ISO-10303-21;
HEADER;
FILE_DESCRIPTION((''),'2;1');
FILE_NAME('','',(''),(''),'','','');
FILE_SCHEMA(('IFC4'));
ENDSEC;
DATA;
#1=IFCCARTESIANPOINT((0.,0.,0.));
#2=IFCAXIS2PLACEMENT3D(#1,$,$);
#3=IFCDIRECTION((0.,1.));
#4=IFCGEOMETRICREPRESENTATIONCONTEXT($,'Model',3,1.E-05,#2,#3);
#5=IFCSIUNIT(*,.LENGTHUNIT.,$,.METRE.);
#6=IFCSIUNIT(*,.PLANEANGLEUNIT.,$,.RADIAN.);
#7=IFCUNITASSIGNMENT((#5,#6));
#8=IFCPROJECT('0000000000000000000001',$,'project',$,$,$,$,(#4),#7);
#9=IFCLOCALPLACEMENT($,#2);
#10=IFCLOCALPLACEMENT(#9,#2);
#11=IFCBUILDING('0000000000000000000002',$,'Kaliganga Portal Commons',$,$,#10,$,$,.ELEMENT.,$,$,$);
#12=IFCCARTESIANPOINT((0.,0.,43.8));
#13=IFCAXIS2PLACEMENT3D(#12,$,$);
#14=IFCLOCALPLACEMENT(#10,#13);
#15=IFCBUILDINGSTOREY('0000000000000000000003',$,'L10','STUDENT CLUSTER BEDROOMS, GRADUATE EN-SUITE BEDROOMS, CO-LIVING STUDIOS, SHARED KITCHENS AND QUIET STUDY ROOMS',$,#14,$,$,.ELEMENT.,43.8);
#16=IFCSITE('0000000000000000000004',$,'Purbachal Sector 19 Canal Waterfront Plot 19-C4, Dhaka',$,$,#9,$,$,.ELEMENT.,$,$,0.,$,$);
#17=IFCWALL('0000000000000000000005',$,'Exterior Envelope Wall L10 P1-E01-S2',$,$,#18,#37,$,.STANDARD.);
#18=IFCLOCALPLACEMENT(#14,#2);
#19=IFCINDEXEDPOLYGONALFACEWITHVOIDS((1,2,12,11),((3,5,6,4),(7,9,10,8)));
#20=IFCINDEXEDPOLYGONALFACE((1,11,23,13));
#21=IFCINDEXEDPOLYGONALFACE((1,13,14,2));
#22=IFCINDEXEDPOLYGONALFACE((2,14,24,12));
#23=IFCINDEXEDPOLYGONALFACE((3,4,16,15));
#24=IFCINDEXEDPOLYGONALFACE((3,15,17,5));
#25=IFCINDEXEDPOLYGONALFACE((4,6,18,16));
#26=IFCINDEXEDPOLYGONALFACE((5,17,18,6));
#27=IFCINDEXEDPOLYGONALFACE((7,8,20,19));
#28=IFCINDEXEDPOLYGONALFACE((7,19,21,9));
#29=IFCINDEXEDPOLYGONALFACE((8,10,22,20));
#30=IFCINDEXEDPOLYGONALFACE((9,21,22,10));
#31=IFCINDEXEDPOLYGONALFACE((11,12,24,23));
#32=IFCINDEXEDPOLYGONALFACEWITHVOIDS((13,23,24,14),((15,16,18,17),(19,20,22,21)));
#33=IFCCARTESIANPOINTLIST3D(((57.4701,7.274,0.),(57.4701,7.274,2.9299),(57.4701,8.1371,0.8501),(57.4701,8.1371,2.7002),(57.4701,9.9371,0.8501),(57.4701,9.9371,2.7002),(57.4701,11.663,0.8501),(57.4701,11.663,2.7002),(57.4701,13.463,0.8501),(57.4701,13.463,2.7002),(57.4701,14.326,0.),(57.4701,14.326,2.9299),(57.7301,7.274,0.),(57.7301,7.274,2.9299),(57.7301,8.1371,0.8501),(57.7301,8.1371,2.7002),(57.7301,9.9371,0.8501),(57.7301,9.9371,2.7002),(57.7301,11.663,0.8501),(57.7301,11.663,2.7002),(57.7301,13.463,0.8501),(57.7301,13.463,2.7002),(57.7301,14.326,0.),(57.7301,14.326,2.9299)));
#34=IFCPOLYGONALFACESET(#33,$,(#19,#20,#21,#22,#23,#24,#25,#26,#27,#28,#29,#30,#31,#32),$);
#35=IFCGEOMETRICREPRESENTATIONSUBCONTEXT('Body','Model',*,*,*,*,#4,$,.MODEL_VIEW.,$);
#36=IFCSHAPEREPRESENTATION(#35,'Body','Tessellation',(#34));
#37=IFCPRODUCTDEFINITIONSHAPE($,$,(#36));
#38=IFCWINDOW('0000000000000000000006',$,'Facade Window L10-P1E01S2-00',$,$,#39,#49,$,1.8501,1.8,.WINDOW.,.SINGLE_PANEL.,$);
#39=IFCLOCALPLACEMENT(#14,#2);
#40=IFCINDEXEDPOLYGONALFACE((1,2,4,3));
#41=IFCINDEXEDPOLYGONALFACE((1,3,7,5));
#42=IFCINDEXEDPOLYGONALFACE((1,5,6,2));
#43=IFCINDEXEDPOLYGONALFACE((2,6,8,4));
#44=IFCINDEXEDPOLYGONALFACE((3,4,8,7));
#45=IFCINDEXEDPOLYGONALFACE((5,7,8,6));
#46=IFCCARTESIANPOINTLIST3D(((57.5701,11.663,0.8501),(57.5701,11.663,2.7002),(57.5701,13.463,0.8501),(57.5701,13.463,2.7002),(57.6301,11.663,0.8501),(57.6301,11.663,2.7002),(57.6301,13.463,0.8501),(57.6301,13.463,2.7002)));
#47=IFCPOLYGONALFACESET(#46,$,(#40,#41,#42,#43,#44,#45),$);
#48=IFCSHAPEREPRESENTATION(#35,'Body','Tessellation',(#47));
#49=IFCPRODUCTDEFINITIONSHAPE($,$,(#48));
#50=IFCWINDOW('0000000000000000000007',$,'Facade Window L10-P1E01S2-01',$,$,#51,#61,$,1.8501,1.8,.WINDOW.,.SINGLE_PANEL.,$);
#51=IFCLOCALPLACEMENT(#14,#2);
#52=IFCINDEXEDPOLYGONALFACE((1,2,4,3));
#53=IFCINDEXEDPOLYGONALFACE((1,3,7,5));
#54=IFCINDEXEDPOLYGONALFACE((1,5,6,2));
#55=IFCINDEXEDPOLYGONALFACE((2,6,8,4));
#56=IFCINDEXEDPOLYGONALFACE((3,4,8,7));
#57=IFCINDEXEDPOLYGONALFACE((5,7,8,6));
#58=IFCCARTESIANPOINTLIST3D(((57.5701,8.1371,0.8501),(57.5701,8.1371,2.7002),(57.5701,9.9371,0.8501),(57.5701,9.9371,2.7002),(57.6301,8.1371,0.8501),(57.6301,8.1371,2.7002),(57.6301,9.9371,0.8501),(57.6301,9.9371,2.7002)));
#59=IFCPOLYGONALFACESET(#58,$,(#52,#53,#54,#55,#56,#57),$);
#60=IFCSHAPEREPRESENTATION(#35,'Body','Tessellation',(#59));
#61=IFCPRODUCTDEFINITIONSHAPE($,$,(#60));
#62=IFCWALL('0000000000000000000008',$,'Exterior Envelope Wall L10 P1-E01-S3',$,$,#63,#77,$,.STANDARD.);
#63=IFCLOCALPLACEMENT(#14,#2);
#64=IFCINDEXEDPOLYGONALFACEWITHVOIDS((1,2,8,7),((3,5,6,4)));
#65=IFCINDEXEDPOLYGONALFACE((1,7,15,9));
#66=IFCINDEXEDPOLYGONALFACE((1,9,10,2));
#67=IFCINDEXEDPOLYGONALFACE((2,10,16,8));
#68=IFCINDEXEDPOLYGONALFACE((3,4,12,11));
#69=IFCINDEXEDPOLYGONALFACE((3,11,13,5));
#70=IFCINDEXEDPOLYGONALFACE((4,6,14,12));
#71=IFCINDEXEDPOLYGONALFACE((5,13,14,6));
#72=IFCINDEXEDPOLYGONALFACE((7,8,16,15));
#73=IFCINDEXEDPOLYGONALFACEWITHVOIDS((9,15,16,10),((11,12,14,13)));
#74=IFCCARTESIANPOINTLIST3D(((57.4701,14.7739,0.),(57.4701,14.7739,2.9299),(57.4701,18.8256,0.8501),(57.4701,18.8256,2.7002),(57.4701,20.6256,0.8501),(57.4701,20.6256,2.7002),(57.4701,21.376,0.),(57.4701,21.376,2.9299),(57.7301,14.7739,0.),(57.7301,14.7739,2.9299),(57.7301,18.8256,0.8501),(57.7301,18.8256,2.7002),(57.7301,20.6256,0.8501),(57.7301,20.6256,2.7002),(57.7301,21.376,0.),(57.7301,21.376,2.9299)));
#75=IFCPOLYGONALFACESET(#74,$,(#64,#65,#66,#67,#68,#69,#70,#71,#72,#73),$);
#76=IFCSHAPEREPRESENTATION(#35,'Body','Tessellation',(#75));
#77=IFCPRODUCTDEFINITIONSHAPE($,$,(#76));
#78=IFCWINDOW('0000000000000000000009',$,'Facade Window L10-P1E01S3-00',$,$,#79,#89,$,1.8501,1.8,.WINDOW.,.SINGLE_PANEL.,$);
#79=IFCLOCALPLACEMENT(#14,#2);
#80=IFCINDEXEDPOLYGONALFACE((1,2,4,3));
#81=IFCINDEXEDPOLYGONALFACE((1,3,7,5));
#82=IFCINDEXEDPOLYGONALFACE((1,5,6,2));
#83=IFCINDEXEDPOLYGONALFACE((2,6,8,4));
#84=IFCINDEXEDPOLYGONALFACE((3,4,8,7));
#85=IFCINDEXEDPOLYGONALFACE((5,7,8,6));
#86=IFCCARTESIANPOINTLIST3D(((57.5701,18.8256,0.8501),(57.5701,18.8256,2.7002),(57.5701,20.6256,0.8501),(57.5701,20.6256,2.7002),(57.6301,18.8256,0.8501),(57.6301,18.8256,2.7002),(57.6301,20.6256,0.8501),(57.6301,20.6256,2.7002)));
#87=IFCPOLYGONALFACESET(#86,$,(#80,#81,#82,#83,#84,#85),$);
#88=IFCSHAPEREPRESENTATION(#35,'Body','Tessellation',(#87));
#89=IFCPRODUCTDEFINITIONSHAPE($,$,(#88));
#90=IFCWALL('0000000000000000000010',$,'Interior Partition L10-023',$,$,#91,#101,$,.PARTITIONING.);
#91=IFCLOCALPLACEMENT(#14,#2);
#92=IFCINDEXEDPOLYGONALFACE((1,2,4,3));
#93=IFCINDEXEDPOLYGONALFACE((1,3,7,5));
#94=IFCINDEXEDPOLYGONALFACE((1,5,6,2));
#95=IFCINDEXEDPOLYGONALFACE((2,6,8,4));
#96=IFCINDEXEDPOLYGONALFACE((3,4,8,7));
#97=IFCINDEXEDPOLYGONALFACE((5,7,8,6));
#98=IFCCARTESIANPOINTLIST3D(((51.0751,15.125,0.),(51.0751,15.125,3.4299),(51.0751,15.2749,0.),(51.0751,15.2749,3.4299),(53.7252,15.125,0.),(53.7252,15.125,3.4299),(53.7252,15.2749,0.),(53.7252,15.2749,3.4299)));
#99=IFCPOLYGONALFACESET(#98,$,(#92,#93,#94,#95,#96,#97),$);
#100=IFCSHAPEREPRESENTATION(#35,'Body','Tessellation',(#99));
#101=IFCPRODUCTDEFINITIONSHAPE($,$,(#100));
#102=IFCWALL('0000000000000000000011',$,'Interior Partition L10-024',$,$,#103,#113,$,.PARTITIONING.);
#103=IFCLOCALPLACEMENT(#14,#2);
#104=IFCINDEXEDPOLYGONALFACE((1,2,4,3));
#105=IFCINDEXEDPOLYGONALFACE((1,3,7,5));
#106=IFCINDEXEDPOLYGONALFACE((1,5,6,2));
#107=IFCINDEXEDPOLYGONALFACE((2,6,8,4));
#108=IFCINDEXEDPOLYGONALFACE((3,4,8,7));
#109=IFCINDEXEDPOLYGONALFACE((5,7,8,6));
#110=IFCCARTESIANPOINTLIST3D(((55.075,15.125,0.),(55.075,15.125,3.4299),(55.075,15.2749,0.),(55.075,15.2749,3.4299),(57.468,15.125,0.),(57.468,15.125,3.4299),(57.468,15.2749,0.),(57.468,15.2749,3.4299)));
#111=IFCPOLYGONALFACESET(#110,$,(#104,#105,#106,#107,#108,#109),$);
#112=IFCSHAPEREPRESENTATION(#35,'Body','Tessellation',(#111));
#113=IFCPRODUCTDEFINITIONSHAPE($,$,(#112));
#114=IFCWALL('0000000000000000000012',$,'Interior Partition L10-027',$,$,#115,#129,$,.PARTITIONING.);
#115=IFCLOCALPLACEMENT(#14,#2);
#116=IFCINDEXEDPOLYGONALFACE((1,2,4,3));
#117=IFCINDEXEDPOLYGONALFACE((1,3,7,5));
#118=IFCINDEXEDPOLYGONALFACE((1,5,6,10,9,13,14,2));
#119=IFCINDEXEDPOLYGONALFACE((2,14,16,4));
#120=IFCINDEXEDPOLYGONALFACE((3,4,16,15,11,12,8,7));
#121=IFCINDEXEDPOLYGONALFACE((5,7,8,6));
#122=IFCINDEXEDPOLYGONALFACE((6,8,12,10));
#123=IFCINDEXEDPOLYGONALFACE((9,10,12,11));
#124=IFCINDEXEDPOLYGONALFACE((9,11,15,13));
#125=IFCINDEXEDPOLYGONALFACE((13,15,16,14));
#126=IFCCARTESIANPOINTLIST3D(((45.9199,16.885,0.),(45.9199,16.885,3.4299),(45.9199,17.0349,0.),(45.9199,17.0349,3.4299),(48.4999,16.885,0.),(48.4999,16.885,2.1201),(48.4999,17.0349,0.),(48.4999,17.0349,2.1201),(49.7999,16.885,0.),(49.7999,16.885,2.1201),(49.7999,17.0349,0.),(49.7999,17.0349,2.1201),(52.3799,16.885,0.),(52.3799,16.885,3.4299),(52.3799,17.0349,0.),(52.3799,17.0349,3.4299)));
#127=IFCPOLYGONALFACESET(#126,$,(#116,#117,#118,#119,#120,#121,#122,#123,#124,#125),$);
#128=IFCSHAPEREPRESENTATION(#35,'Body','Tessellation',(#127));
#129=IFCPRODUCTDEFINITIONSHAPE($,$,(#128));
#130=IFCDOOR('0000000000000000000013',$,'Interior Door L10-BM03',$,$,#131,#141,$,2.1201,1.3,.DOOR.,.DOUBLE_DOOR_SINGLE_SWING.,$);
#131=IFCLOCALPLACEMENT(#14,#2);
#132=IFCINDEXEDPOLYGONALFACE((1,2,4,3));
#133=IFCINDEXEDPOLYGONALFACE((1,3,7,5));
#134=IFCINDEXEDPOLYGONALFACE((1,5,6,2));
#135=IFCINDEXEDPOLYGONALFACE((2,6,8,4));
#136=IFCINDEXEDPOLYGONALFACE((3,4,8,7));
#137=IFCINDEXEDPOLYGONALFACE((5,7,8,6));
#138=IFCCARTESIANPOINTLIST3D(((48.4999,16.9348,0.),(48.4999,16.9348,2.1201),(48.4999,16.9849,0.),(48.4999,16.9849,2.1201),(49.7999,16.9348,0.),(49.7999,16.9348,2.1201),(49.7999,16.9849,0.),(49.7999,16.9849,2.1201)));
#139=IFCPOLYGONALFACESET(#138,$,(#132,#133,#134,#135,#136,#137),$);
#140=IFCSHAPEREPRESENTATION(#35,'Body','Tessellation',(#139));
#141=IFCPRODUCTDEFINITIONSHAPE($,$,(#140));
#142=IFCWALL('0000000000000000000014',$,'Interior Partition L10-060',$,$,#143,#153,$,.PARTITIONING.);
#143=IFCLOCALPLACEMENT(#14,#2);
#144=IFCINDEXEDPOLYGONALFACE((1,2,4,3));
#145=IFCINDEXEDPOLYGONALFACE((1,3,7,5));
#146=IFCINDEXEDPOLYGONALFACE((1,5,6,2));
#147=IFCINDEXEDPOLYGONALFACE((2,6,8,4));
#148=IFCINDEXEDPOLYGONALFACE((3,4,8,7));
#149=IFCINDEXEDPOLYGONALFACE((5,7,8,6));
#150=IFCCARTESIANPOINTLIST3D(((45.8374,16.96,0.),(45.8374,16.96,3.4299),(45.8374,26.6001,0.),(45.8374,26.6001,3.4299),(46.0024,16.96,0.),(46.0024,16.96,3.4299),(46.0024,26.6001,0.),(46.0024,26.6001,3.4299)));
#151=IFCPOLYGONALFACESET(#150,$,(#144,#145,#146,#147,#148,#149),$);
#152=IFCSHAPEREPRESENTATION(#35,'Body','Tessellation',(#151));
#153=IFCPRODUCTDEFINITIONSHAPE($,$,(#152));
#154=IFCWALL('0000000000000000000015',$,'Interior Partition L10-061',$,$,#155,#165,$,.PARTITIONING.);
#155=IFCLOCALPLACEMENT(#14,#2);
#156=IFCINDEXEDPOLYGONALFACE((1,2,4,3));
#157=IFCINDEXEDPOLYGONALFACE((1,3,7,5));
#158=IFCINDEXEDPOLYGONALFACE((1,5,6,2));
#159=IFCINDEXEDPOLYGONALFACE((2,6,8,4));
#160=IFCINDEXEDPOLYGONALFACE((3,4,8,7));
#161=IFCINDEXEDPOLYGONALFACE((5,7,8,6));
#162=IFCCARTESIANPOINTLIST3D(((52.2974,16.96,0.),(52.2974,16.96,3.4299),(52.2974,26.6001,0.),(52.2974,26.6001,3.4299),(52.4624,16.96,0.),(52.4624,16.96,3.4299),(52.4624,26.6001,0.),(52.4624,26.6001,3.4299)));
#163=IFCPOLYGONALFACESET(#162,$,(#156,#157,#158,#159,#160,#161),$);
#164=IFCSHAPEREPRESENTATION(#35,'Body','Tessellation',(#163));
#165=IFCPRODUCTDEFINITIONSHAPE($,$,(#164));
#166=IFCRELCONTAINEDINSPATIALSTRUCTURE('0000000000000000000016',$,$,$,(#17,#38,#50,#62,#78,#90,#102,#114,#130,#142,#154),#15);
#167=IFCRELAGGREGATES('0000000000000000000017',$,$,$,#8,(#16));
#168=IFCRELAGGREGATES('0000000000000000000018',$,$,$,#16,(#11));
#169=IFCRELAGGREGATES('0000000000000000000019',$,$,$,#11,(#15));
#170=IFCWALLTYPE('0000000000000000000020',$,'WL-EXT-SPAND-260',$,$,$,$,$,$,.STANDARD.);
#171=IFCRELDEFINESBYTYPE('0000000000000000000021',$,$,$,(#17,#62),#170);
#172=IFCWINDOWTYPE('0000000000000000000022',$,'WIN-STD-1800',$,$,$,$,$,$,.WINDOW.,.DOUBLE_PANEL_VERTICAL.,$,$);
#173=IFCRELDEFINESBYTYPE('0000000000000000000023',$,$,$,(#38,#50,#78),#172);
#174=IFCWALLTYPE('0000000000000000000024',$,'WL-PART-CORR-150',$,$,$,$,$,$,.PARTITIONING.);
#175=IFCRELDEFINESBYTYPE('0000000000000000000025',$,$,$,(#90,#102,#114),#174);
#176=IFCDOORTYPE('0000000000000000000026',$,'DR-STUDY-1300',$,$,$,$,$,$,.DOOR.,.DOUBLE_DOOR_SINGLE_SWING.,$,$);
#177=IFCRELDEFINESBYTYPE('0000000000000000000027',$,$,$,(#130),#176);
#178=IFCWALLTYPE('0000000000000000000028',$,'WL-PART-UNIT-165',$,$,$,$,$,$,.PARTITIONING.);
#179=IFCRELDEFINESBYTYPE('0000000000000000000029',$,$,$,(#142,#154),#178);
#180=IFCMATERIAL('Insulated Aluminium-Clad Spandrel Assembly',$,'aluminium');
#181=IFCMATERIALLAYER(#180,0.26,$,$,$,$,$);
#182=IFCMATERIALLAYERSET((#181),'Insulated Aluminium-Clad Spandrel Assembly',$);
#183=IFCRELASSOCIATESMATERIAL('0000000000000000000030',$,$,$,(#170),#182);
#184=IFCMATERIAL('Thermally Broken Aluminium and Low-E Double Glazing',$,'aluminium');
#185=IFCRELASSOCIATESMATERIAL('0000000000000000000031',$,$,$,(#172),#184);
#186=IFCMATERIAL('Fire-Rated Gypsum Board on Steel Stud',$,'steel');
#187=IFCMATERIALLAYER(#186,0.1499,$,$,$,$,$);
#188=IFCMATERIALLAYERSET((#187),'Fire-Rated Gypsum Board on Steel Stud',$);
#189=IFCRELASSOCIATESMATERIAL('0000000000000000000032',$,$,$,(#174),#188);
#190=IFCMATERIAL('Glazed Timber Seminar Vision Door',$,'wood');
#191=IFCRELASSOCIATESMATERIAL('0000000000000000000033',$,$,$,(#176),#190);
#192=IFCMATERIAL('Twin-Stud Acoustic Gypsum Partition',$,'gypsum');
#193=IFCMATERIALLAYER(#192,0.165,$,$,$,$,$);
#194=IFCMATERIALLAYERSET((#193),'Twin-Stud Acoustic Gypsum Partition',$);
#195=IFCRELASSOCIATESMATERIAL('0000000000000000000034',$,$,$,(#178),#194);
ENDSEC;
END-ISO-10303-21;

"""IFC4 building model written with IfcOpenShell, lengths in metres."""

from ifc_helpers import new_model, si_unit, direction, frame, frame_2d, origin, place, context, subcontext, project, spatial, rectangle, extrude, material, layer, layer_set, type_object, element, fill, save


model = new_model("IFC4")

# Units and contexts
model_context = context("Model", 3, precision=1e-05, world=origin(), true_north=direction((0.0, 1.0)))
body_context = subcontext(model_context, "Body", "Model", "MODEL_VIEW")
ifc_project = project(units=[si_unit("LENGTHUNIT", "METRE"), si_unit("PLANEANGLEUNIT", "RADIAN")], contexts=[model_context])

# Site, building, storey
site_placement = place(None, origin())
site = spatial("IfcSite", under=ifc_project, at=site_placement, Name="Purbachal Sector 19 Canal Waterfront Plot 19-C4, Dhaka", CompositionType="ELEMENT", RefElevation=0.0)
building_placement = place(site_placement, origin())
building = spatial("IfcBuilding", under=site, at=building_placement, Name="Kaliganga Portal Commons", CompositionType="ELEMENT")
storey_placement = place(building_placement, frame((0.0, 0.0, 43.8)))
storey = spatial("IfcBuildingStorey", under=building, at=storey_placement, Name="L10", Description="STUDENT CLUSTER BEDROOMS, GRADUATE EN-SUITE BEDROOMS, CO-LIVING STUDIOS, SHARED KITCHENS AND QUIET STUDY ROOMS", CompositionType="ELEMENT", Elevation=43.8)

# Wall, openings, windows
ifc_material_1 = material(Name="Insulated Aluminium-Clad Spandrel Assembly", Category="aluminium")
ifc_layer_1 = layer(ifc_material_1, 0.26)
ifc_layer_set_1 = layer_set([ifc_layer_1], Name="Insulated Aluminium-Clad Spandrel Assembly")
wall_type_1 = type_object("IfcWallType", Name="WL-EXT-SPAND-260", PredefinedType="STANDARD", material=ifc_layer_set_1)
wall_1_placement = place(storey_placement, frame((57.6001, 14.3259, 0.0), z_axis=(0.0, 0.0, 1.0), x_axis=(0.0, -1.0, 0.0)))
wall_1 = element("IfcWall", 1, at=wall_1_placement, inside=storey, type_object=wall_type_1, Name="Exterior Envelope Wall L10 P1-E01-S2", PredefinedType="STANDARD", context=body_context, shape_type="SweptSolid", body=[
    extrude(rectangle(XDim=7.052, YDim=0.26, at=frame_2d((3.5259, 0.0))), origin(), (0.0, 0.0, 1.0), 2.9299),
])
opening_1_placement = place(wall_1_placement, frame((0.863, 0.0, 0.8501)))
opening_1 = element("IfcOpeningElement", 2, at=opening_1_placement, cuts=wall_1, PredefinedType="OPENING", context=body_context, shape_type="SweptSolid", body=[
    extrude(rectangle(XDim=1.8, YDim=1.8501, at=frame_2d((0.8999, 0.925))), frame((0.0, 0.1401, 0.0), z_axis=(0.0, -1.0, 0.0), x_axis=(1.0, 0.0, 0.0)), (0.0, 0.0, 1.0), 0.28),
])
opening_2_placement = place(wall_1_placement, frame((4.3889, 0.0, 0.8501)))
opening_2 = element("IfcOpeningElement", 3, at=opening_2_placement, cuts=wall_1, PredefinedType="OPENING", context=body_context, shape_type="SweptSolid", body=[
    extrude(rectangle(XDim=1.8, YDim=1.8501, at=frame_2d((0.8999, 0.925))), frame((0.0, 0.1401, 0.0), z_axis=(0.0, -1.0, 0.0), x_axis=(1.0, 0.0, 0.0)), (0.0, 0.0, 1.0), 0.28),
])
ifc_material_2 = material(Name="Thermally Broken Aluminium and Low-E Double Glazing", Category="aluminium")
window_type = type_object("IfcWindowType", Name="WIN-STD-1800", PartitioningType="DOUBLE_PANEL_VERTICAL", PredefinedType="WINDOW", material=ifc_material_2)
window_1_placement = place(opening_1_placement, origin())
window_1 = element("IfcWindow", 4, at=window_1_placement, inside=storey, type_object=window_type, Name="Facade Window L10-P1E01S2-00", OverallHeight=1.8501, OverallWidth=1.8, PartitioningType="SINGLE_PANEL", PredefinedType="WINDOW", context=body_context, shape_type="SweptSolid", body=[
    extrude(rectangle(XDim=1.8, YDim=1.8501, at=frame_2d((0.8999, 0.925))), frame((0.0, 0.03, 0.0), z_axis=(0.0, -1.0, 0.0), x_axis=(1.0, 0.0, 0.0)), (0.0, 0.0, 1.0), 0.0601),
])
fill(opening_1, window_1)
window_2_placement = place(opening_2_placement, origin())
window_2 = element("IfcWindow", 5, at=window_2_placement, inside=storey, type_object=window_type, Name="Facade Window L10-P1E01S2-01", OverallHeight=1.8501, OverallWidth=1.8, PartitioningType="SINGLE_PANEL", PredefinedType="WINDOW", context=body_context, shape_type="SweptSolid", body=[
    extrude(rectangle(XDim=1.8, YDim=1.8501, at=frame_2d((0.8999, 0.925))), frame((0.0, 0.03, 0.0), z_axis=(0.0, -1.0, 0.0), x_axis=(1.0, 0.0, 0.0)), (0.0, 0.0, 1.0), 0.0601),
])
fill(opening_2, window_2)

# Wall, opening, window
wall_2_placement = place(storey_placement, frame((57.6001, 21.376, 0.0), z_axis=(0.0, 0.0, 1.0), x_axis=(0.0, -1.0, 0.0)))
wall_2 = element("IfcWall", 6, at=wall_2_placement, inside=storey, type_object=wall_type_1, Name="Exterior Envelope Wall L10 P1-E01-S3", PredefinedType="STANDARD", context=body_context, shape_type="SweptSolid", body=[
    extrude(rectangle(XDim=6.6021, YDim=0.26, at=frame_2d((3.301, 0.0))), origin(), (0.0, 0.0, 1.0), 2.9299),
])
opening_3_placement = place(wall_2_placement, frame((0.7505, 0.0, 0.8501)))
opening_3 = element("IfcOpeningElement", 7, at=opening_3_placement, cuts=wall_2, PredefinedType="OPENING", context=body_context, shape_type="SweptSolid", body=[
    extrude(rectangle(XDim=1.8, YDim=1.8501, at=frame_2d((0.8999, 0.925))), frame((0.0, 0.1401, 0.0), z_axis=(0.0, -1.0, 0.0), x_axis=(1.0, 0.0, 0.0)), (0.0, 0.0, 1.0), 0.28),
])
window_3_placement = place(opening_3_placement, origin())
window_3 = element("IfcWindow", 8, at=window_3_placement, inside=storey, type_object=window_type, Name="Facade Window L10-P1E01S3-00", OverallHeight=1.8501, OverallWidth=1.8, PartitioningType="SINGLE_PANEL", PredefinedType="WINDOW", context=body_context, shape_type="SweptSolid", body=[
    extrude(rectangle(XDim=1.8, YDim=1.8501, at=frame_2d((0.8999, 0.925))), frame((0.0, 0.03, 0.0), z_axis=(0.0, -1.0, 0.0), x_axis=(1.0, 0.0, 0.0)), (0.0, 0.0, 1.0), 0.0601),
])
fill(opening_3, window_3)

# Walls
ifc_material_3 = material(Name="Fire-Rated Gypsum Board on Steel Stud", Category="steel")
ifc_layer_2 = layer(ifc_material_3, 0.1499)
ifc_layer_set_2 = layer_set([ifc_layer_2], Name="Fire-Rated Gypsum Board on Steel Stud")
wall_type_2 = type_object("IfcWallType", Name="WL-PART-CORR-150", PredefinedType="PARTITIONING", material=ifc_layer_set_2)
wall_3_placement = place(storey_placement, frame((51.075, 15.2, 0.0), z_axis=(0.0, 0.0, 1.0), x_axis=(1.0, 0.0, 0.0)))
element("IfcWall", 9, at=wall_3_placement, inside=storey, type_object=wall_type_2, Name="Interior Partition L10-023", PredefinedType="PARTITIONING", context=body_context, shape_type="SweptSolid", body=[
    extrude(rectangle(XDim=2.6501, YDim=0.1499, at=frame_2d((1.3252, 0.0))), origin(), (0.0, 0.0, 1.0), 3.4299),
])
wall_4_placement = place(storey_placement, frame((55.075, 15.2, 0.0), z_axis=(0.0, 0.0, 1.0), x_axis=(1.0, 0.0, 0.0)))
element("IfcWall", 10, at=wall_4_placement, inside=storey, type_object=wall_type_2, Name="Interior Partition L10-024", PredefinedType="PARTITIONING", context=body_context, shape_type="SweptSolid", body=[
    extrude(rectangle(XDim=2.3931, YDim=0.1499, at=frame_2d((1.1965, 0.0))), origin(), (0.0, 0.0, 1.0), 3.4299),
])

# Wall, opening, door
wall_5_placement = place(storey_placement, frame((45.9199, 16.96, 0.0), z_axis=(0.0, 0.0, 1.0), x_axis=(1.0, 0.0, 0.0)))
wall_5 = element("IfcWall", 11, at=wall_5_placement, inside=storey, type_object=wall_type_2, Name="Interior Partition L10-027", PredefinedType="PARTITIONING", context=body_context, shape_type="SweptSolid", body=[
    extrude(rectangle(XDim=6.46, YDim=0.1499, at=frame_2d((3.23, 0.0))), origin(), (0.0, 0.0, 1.0), 3.4299),
])
opening_4_placement = place(wall_5_placement, frame((2.5801, 0.0, 0.0)))
opening_4 = element("IfcOpeningElement", 12, at=opening_4_placement, cuts=wall_5, PredefinedType="OPENING", context=body_context, shape_type="SweptSolid", body=[
    extrude(rectangle(XDim=1.3, YDim=2.1201, at=frame_2d((0.6499, 1.0601))), frame((0.0, 0.085, 0.0), z_axis=(0.0, -1.0, 0.0), x_axis=(1.0, 0.0, 0.0)), (0.0, 0.0, 1.0), 0.1699),
])
ifc_material_4 = material(Name="Glazed Timber Seminar Vision Door", Category="wood")
door_type_1 = type_object("IfcDoorType", Name="DR-STUDY-1300", OperationType="DOUBLE_DOOR_SINGLE_SWING", PredefinedType="DOOR", material=ifc_material_4)
door_1_placement = place(opening_4_placement, origin())
door_1 = element("IfcDoor", 13, at=door_1_placement, inside=storey, type_object=door_type_1, Name="Interior Door L10-BM03", OperationType="DOUBLE_DOOR_SINGLE_SWING", OverallHeight=2.1201, OverallWidth=1.3, PredefinedType="DOOR", context=body_context, shape_type="SweptSolid", body=[
    extrude(rectangle(XDim=1.3, YDim=2.1201, at=frame_2d((0.6499, 1.0601))), frame((0.0, 0.0249, 0.0), z_axis=(0.0, -1.0, 0.0), x_axis=(1.0, 0.0, 0.0)), (0.0, 0.0, 1.0), 0.05),
])
fill(opening_4, door_1)

# Walls
ifc_material_5 = material(Name="Twin-Stud Acoustic Gypsum Partition", Category="gypsum")
ifc_layer_3 = layer(ifc_material_5, 0.165)
ifc_layer_set_3 = layer_set([ifc_layer_3], Name="Twin-Stud Acoustic Gypsum Partition")
wall_type_3 = type_object("IfcWallType", Name="WL-PART-UNIT-165", PredefinedType="PARTITIONING", material=ifc_layer_set_3)
for number, where, z_axis, x_axis, name in (
    (14, (45.9199, 16.96, 0.0), (0.0, 0.0, 1.0), (0.0, 1.0, 0.0), "Interior Partition L10-060"),
    (15, (52.3799, 16.96, 0.0), (0.0, 0.0, 1.0), (0.0, 1.0, 0.0), "Interior Partition L10-061"),
):
    element("IfcWall", number, at=place(storey_placement, frame(where, z_axis=z_axis, x_axis=x_axis)), inside=storey, type_object=wall_type_3, Name=name, PredefinedType="PARTITIONING", context=body_context, shape_type="SweptSolid", body=[
        extrude(rectangle(XDim=9.6401, YDim=0.165, at=frame_2d((4.8201, 0.0))), origin(), (0.0, 0.0, 1.0), 3.4299),
    ])

save(model, "model.ifc")
